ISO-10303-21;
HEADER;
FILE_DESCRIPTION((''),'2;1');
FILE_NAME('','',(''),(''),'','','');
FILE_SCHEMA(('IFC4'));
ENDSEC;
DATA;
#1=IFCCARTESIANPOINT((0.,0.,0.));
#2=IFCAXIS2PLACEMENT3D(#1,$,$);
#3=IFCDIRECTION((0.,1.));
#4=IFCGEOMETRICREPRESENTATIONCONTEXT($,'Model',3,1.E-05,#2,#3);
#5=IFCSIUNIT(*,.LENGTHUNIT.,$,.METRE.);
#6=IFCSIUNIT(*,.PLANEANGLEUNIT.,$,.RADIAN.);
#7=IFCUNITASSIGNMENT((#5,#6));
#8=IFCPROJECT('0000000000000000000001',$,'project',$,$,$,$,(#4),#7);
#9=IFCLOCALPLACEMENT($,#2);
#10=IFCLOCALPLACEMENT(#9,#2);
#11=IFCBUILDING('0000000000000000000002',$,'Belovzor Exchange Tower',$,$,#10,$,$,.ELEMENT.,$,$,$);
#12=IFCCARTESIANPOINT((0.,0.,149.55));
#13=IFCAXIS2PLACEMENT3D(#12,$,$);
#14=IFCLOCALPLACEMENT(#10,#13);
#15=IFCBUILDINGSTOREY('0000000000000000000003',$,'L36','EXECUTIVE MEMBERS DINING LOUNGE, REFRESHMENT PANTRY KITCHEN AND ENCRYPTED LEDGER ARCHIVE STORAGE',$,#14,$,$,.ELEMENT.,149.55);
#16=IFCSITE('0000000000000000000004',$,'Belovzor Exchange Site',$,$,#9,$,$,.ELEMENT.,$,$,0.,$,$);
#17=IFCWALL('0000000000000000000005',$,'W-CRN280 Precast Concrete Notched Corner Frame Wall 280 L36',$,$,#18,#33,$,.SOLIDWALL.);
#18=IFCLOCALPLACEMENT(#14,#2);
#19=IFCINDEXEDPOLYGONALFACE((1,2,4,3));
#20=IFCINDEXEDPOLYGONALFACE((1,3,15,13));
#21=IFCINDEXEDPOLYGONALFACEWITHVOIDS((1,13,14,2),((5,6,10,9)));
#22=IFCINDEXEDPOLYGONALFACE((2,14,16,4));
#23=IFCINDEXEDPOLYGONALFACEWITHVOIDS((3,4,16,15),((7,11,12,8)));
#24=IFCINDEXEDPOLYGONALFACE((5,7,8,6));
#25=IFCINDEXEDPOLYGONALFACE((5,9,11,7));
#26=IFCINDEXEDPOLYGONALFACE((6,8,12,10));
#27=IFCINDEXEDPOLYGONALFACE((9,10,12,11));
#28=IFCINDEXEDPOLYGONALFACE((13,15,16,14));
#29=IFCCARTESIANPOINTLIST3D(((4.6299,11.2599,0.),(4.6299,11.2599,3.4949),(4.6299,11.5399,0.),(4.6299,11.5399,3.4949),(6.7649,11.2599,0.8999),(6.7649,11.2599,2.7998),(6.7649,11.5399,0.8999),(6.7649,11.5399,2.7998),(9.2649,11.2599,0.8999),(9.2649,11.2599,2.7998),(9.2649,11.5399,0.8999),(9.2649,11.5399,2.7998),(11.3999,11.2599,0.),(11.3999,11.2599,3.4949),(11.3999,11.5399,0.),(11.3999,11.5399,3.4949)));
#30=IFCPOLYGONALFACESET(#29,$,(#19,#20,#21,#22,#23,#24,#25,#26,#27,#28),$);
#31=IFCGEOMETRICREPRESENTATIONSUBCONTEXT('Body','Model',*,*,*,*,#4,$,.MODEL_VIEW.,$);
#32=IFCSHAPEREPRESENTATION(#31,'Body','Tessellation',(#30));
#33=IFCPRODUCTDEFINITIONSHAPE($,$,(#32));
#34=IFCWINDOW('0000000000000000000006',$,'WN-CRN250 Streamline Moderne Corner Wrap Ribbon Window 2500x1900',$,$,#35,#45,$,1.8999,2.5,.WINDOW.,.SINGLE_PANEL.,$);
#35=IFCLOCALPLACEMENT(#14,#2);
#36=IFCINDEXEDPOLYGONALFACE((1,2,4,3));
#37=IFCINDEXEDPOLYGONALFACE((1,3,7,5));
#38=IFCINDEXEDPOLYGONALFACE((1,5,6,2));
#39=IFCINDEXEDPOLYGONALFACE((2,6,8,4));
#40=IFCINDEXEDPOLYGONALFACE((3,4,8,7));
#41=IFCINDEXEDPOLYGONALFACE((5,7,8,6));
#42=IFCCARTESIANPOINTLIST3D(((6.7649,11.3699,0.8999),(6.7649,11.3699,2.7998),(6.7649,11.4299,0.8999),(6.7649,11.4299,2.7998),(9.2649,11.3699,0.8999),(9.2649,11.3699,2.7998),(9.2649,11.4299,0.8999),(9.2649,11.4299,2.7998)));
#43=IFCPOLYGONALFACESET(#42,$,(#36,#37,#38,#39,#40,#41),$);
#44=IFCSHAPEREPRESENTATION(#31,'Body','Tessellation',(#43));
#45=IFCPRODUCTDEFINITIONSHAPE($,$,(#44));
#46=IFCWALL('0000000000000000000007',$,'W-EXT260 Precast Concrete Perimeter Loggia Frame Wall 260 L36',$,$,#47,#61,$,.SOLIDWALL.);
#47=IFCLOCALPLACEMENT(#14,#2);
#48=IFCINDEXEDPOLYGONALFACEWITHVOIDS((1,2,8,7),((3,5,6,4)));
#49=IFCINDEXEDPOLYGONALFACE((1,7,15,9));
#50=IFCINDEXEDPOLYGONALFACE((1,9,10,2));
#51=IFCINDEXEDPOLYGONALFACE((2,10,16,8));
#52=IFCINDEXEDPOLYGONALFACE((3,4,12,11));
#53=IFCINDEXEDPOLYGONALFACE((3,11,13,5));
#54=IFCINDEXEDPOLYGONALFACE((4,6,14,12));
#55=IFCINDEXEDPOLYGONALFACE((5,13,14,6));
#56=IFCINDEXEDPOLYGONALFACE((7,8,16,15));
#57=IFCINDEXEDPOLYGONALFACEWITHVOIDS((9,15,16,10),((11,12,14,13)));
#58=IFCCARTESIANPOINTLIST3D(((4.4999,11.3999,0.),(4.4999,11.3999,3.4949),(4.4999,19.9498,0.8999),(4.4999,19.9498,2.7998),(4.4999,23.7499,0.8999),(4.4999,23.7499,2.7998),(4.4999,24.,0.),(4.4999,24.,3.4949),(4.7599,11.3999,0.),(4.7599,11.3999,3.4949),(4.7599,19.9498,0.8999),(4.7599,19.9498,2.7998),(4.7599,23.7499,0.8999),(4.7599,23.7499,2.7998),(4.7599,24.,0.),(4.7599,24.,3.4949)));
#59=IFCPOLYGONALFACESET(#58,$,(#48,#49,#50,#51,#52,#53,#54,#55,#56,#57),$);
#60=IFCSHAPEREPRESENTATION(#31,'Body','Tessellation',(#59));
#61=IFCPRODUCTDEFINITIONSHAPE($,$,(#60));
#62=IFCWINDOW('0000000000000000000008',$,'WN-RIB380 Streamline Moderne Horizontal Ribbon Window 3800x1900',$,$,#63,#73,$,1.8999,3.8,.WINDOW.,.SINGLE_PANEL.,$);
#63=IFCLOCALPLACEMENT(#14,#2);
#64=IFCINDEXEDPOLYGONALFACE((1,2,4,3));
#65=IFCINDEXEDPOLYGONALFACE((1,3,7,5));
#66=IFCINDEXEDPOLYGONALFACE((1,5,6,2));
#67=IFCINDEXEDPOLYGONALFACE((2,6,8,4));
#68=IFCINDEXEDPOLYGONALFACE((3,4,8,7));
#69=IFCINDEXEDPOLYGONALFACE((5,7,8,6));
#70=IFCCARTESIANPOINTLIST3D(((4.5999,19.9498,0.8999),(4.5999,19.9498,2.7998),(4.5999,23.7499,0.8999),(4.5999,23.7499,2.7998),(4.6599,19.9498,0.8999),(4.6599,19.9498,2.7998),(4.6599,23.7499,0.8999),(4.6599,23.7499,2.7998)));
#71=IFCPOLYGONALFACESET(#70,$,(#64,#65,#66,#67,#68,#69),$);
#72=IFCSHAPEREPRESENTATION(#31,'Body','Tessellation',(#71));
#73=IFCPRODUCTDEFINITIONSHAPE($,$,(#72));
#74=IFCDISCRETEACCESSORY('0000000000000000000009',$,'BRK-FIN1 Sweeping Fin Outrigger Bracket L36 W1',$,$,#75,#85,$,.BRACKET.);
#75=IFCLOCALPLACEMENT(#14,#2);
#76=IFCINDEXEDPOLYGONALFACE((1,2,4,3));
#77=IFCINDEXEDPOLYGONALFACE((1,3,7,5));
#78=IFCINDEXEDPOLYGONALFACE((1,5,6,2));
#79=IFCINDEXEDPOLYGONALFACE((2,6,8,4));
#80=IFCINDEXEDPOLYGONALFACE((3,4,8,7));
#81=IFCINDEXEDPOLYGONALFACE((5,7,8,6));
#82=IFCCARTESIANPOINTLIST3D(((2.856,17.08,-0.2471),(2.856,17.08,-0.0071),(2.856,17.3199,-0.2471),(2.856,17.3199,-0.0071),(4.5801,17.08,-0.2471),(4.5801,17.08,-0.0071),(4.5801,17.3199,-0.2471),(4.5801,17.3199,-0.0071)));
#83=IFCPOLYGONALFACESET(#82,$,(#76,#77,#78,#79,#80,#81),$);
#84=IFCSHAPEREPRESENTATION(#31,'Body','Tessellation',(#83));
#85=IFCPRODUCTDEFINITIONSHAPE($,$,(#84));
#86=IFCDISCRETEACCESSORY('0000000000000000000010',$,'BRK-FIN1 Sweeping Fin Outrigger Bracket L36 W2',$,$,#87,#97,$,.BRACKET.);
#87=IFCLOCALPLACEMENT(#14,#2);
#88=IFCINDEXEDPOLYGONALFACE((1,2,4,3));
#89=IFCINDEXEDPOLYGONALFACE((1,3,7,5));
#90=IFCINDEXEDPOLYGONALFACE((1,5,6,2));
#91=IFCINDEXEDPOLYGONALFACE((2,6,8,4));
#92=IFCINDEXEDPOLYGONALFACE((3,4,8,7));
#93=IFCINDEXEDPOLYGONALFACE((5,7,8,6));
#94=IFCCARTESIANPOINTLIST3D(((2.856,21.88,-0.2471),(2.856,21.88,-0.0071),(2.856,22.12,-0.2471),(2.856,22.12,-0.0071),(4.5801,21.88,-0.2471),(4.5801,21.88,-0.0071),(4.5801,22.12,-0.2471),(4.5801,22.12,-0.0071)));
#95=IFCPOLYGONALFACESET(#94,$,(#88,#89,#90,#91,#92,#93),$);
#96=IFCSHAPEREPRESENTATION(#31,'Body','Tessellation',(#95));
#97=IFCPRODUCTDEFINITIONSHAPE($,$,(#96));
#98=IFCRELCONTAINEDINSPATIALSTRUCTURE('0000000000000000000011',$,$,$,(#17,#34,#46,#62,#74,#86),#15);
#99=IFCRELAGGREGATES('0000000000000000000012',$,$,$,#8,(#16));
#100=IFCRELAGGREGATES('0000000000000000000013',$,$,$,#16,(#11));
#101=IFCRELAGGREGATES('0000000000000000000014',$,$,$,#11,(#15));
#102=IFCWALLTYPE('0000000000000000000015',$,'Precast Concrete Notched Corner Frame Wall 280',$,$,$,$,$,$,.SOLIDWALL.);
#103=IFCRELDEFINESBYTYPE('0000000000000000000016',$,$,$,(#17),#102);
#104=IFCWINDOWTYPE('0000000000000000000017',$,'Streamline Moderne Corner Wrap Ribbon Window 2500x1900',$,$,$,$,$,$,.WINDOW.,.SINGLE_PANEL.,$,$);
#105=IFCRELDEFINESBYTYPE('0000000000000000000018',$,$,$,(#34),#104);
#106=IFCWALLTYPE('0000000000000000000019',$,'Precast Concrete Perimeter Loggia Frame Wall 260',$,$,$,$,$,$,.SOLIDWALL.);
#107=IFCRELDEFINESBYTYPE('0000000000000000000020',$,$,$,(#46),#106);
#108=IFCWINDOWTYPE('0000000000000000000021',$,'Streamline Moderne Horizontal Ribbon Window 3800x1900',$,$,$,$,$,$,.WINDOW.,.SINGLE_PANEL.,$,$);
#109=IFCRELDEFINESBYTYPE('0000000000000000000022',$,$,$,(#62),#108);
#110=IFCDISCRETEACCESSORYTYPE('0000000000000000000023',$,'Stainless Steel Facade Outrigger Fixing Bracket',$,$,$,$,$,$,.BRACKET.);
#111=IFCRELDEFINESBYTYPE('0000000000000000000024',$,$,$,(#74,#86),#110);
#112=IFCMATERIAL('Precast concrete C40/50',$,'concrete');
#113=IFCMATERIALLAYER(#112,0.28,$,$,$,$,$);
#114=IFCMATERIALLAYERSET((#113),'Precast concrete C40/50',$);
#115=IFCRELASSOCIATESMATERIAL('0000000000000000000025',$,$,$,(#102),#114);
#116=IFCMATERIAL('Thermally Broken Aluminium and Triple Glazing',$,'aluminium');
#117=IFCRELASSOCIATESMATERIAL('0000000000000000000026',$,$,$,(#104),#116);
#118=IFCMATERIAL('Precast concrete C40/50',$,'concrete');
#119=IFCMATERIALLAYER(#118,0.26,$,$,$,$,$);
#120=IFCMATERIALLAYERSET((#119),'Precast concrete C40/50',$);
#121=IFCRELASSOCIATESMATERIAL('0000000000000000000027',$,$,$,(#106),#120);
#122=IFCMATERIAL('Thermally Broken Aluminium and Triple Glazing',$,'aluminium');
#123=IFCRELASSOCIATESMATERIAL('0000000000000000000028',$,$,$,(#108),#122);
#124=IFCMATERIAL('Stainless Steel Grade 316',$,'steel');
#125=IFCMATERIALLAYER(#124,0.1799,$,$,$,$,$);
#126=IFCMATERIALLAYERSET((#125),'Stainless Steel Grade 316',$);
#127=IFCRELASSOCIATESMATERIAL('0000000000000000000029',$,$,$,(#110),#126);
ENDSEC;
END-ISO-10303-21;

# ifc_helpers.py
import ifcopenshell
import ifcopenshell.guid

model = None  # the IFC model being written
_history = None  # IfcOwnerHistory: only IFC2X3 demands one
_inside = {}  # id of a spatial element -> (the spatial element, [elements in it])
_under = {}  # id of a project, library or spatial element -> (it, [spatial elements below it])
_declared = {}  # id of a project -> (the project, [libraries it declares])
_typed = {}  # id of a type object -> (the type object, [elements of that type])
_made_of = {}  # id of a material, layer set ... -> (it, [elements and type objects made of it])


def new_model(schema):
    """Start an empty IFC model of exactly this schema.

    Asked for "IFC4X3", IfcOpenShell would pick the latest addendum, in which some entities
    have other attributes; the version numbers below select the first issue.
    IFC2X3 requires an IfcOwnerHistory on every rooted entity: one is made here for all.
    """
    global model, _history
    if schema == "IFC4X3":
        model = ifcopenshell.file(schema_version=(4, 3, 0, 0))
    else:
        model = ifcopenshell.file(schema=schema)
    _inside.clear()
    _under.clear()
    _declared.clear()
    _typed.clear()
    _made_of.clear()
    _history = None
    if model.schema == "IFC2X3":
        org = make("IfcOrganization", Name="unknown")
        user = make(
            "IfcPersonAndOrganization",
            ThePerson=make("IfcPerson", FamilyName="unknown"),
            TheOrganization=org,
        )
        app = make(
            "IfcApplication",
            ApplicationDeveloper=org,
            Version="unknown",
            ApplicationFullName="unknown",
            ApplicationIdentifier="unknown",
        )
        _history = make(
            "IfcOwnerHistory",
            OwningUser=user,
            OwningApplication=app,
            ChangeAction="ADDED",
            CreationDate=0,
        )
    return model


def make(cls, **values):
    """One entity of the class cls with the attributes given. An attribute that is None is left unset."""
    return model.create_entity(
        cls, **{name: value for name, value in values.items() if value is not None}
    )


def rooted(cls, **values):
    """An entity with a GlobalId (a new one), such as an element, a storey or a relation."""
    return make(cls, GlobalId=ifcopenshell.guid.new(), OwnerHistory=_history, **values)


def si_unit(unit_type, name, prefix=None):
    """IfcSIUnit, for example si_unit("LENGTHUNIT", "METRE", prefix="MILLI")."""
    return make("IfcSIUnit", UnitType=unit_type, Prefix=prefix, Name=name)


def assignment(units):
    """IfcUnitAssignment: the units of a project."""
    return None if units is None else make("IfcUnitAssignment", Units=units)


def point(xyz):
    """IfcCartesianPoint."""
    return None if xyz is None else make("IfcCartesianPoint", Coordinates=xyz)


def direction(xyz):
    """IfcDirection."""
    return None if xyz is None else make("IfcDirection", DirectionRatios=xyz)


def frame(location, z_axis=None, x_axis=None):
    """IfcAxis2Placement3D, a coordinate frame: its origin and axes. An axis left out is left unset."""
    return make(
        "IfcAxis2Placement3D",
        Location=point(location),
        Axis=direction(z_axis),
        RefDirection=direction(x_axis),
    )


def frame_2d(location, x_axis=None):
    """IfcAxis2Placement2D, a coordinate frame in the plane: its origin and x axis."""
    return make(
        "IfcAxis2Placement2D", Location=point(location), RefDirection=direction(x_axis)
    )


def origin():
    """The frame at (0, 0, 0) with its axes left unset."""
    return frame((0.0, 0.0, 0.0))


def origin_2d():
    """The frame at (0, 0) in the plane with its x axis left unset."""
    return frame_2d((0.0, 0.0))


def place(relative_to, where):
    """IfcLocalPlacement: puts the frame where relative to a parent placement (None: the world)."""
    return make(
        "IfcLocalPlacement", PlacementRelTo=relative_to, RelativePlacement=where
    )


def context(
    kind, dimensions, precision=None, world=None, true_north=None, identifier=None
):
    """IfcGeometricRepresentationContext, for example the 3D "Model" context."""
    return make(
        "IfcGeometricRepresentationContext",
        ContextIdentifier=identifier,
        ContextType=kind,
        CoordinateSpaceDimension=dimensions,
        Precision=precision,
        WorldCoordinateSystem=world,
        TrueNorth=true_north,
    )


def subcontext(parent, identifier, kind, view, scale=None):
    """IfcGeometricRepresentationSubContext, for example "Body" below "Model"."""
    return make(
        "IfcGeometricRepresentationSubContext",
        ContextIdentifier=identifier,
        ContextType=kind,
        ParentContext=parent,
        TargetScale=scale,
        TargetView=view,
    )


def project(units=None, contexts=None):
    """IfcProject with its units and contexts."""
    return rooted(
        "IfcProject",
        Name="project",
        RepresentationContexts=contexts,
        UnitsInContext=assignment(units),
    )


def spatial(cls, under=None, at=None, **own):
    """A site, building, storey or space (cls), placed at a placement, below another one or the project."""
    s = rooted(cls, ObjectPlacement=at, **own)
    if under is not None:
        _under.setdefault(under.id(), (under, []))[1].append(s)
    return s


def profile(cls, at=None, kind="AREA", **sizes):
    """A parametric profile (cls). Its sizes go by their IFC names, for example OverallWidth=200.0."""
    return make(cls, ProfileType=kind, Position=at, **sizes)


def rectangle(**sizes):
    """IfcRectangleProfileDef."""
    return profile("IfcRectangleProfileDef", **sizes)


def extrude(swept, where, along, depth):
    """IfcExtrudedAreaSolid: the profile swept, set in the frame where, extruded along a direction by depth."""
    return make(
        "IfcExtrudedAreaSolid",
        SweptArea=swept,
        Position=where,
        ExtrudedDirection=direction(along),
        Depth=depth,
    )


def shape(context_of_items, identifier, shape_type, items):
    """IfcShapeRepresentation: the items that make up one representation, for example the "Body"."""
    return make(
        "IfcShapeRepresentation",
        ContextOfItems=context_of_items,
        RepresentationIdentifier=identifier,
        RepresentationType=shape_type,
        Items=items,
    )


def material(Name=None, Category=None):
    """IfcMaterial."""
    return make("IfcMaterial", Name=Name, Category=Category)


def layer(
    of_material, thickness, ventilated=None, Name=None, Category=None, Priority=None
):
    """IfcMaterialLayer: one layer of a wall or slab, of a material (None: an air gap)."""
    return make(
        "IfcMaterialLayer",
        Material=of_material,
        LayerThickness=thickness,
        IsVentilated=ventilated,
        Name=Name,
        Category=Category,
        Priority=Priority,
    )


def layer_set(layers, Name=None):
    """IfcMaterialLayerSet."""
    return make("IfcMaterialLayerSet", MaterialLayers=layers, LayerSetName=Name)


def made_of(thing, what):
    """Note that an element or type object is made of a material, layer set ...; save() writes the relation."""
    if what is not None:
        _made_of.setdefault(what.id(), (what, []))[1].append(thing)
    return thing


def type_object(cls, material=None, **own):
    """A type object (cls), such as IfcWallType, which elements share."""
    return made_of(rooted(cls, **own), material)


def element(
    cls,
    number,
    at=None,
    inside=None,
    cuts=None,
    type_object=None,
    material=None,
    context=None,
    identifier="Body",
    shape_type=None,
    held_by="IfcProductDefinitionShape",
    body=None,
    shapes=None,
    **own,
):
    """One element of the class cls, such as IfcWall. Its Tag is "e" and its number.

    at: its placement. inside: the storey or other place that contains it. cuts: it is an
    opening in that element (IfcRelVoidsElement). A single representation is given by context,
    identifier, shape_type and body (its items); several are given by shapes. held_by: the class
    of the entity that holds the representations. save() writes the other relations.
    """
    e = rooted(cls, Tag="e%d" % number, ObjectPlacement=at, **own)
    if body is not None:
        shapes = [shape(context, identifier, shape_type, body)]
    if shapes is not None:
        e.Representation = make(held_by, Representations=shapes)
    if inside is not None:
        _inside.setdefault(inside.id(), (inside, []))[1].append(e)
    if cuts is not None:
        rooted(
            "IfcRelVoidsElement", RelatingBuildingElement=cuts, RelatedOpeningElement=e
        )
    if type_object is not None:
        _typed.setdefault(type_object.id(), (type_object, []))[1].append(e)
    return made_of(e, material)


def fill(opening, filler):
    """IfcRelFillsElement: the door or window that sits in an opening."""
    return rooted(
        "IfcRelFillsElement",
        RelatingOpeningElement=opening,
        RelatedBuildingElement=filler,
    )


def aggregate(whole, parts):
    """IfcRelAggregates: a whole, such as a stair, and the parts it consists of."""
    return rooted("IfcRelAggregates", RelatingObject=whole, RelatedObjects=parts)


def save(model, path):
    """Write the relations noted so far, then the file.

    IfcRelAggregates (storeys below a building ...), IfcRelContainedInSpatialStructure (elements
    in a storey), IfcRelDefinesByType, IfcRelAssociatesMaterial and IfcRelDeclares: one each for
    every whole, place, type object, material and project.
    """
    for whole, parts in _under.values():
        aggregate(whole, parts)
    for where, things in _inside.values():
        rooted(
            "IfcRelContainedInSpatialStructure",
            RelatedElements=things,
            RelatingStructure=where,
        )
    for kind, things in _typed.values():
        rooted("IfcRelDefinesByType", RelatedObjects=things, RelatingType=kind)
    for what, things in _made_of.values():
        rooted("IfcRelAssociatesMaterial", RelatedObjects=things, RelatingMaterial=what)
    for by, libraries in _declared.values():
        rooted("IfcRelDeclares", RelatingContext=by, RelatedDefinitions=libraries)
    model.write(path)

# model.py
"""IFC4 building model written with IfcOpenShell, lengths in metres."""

from ifc_helpers import new_model, si_unit, direction, frame, frame_2d, origin, origin_2d, place, context, subcontext, project, spatial, rectangle, extrude, material, layer, layer_set, type_object, element, fill, save


model = new_model("IFC4")

# Units and contexts
model_context = context("Model", 3, precision=1e-05, world=origin(), true_north=direction((0.0, 1.0)))
body_context = subcontext(model_context, "Body", "Model", "MODEL_VIEW")
ifc_project = project(units=[si_unit("LENGTHUNIT", "METRE"), si_unit("PLANEANGLEUNIT", "RADIAN")], contexts=[model_context])

# Site, building, storey
site_placement = place(None, origin())
site = spatial("IfcSite", under=ifc_project, at=site_placement, Name="Belovzor Exchange Site", CompositionType="ELEMENT", RefElevation=0.0)
building_placement = place(site_placement, origin())
building = spatial("IfcBuilding", under=site, at=building_placement, Name="Belovzor Exchange Tower", CompositionType="ELEMENT")
storey_placement = place(building_placement, frame((0.0, 0.0, 149.55)))
storey = spatial("IfcBuildingStorey", under=building, at=storey_placement, Name="L36", Description="EXECUTIVE MEMBERS DINING LOUNGE, REFRESHMENT PANTRY KITCHEN AND ENCRYPTED LEDGER ARCHIVE STORAGE", CompositionType="ELEMENT", Elevation=149.55)

# Walls, openings, windows
ifc_material_1 = material(Name="Precast concrete C40/50", Category="concrete")
ifc_layer_1 = layer(ifc_material_1, 0.28)
ifc_layer_set_1 = layer_set([ifc_layer_1], Name="Precast concrete C40/50")
wall_type_1 = type_object("IfcWallType", Name="Precast Concrete Notched Corner Frame Wall 280", PredefinedType="SOLIDWALL", material=ifc_layer_set_1)
wall_1_placement = place(storey_placement, frame((11.3999, 11.3999, 0.0), z_axis=(0.0, 0.0, 1.0), x_axis=(-1.0, 0.0, 0.0)))
wall_1 = element("IfcWall", 1, at=wall_1_placement, inside=storey, type_object=wall_type_1, Name="W-CRN280 Precast Concrete Notched Corner Frame Wall 280 L36", PredefinedType="SOLIDWALL", context=body_context, shape_type="SweptSolid", body=[
    extrude(rectangle(XDim=6.77, YDim=0.28, at=frame_2d((3.385, 0.0))), origin(), (0.0, 0.0, 1.0), 3.4949),
])
opening_1_placement = place(wall_1_placement, frame((2.135, 0.0, 0.8999)))
opening_1 = element("IfcOpeningElement", 2, at=opening_1_placement, cuts=wall_1, PredefinedType="OPENING", context=body_context, shape_type="SweptSolid", body=[
    extrude(rectangle(XDim=2.5, YDim=1.8999, at=frame_2d((1.25, 0.95))), frame((0.0, 0.1499, 0.0), z_axis=(0.0, -1.0, 0.0), x_axis=(1.0, 0.0, 0.0)), (0.0, 0.0, 1.0), 0.3),
])
ifc_material_2 = material(Name="Thermally Broken Aluminium and Triple Glazing", Category="aluminium")
window_type_1 = type_object("IfcWindowType", Name="Streamline Moderne Corner Wrap Ribbon Window 2500x1900", PartitioningType="SINGLE_PANEL", PredefinedType="WINDOW", material=ifc_material_2)
window_1_placement = place(opening_1_placement, origin())
window_1 = element("IfcWindow", 3, at=window_1_placement, inside=storey, type_object=window_type_1, Name="WN-CRN250 Streamline Moderne Corner Wrap Ribbon Window 2500x1900", OverallHeight=1.8999, OverallWidth=2.5, PartitioningType="SINGLE_PANEL", PredefinedType="WINDOW", context=body_context, shape_type="SweptSolid", body=[
    extrude(rectangle(XDim=2.5, YDim=1.8999, at=frame_2d((1.25, 0.95))), frame((0.0, 0.03, 0.0), z_axis=(0.0, -1.0, 0.0), x_axis=(1.0, 0.0, 0.0)), (0.0, 0.0, 1.0), 0.0601),
])
fill(opening_1, window_1)
ifc_material_3 = material(Name="Precast concrete C40/50", Category="concrete")
ifc_layer_2 = layer(ifc_material_3, 0.26)
ifc_layer_set_2 = layer_set([ifc_layer_2], Name="Precast concrete C40/50")
wall_type_2 = type_object("IfcWallType", Name="Precast Concrete Perimeter Loggia Frame Wall 260", PredefinedType="SOLIDWALL", material=ifc_layer_set_2)
wall_2_placement = place(storey_placement, frame((4.6299, 11.3999, 0.0), z_axis=(0.0, 0.0, 1.0), x_axis=(0.0, 1.0, 0.0)))
wall_2 = element("IfcWall", 4, at=wall_2_placement, inside=storey, type_object=wall_type_2, Name="W-EXT260 Precast Concrete Perimeter Loggia Frame Wall 260 L36", PredefinedType="SOLIDWALL", context=body_context, shape_type="SweptSolid", body=[
    extrude(rectangle(XDim=12.6001, YDim=0.26, at=frame_2d((6.3, 0.0))), origin(), (0.0, 0.0, 1.0), 3.4949),
])
opening_2_placement = place(wall_2_placement, frame((8.55, 0.0, 0.8999)))
opening_2 = element("IfcOpeningElement", 5, at=opening_2_placement, cuts=wall_2, PredefinedType="OPENING", context=body_context, shape_type="SweptSolid", body=[
    extrude(rectangle(XDim=3.8, YDim=1.8999, at=frame_2d((1.8999, 0.95))), frame((0.0, 0.1399, 0.0), z_axis=(0.0, -1.0, 0.0), x_axis=(1.0, 0.0, 0.0)), (0.0, 0.0, 1.0), 0.28),
])
ifc_material_4 = material(Name="Thermally Broken Aluminium and Triple Glazing", Category="aluminium")
window_type_2 = type_object("IfcWindowType", Name="Streamline Moderne Horizontal Ribbon Window 3800x1900", PartitioningType="SINGLE_PANEL", PredefinedType="WINDOW", material=ifc_material_4)
window_2_placement = place(opening_2_placement, origin())
window_2 = element("IfcWindow", 6, at=window_2_placement, inside=storey, type_object=window_type_2, Name="WN-RIB380 Streamline Moderne Horizontal Ribbon Window 3800x1900", OverallHeight=1.8999, OverallWidth=3.8, PartitioningType="SINGLE_PANEL", PredefinedType="WINDOW", context=body_context, shape_type="SweptSolid", body=[
    extrude(rectangle(XDim=3.8, YDim=1.8999, at=frame_2d((1.8999, 0.95))), frame((0.0, 0.03, 0.0), z_axis=(0.0, -1.0, 0.0), x_axis=(1.0, 0.0, 0.0)), (0.0, 0.0, 1.0), 0.0601),
])
fill(opening_2, window_2)

# Discrete accessories
ifc_material_5 = material(Name="Stainless Steel Grade 316", Category="steel")
ifc_layer_3 = layer(ifc_material_5, 0.1799)
ifc_layer_set_3 = layer_set([ifc_layer_3], Name="Stainless Steel Grade 316")
discrete_accessory_type = type_object("IfcDiscreteAccessoryType", Name="Stainless Steel Facade Outrigger Fixing Bracket", PredefinedType="BRACKET", material=ifc_layer_set_3)
for number, where, z_axis, x_axis, name in (
    (7, (3.718, 17.2, -0.2471), (0.0, 0.0, 1.0), (1.0, 0.0, 0.0), "BRK-FIN1 Sweeping Fin Outrigger Bracket L36 W1"),
    (8, (3.718, 22.0, -0.2471), (0.0, 0.0, 1.0), (1.0, 0.0, 0.0), "BRK-FIN1 Sweeping Fin Outrigger Bracket L36 W2"),
):
    element("IfcDiscreteAccessory", number, at=place(storey_placement, frame(where, z_axis=z_axis, x_axis=x_axis)), inside=storey, type_object=discrete_accessory_type, Name=name, PredefinedType="BRACKET", context=body_context, shape_type="SweptSolid", body=[
        extrude(rectangle(XDim=1.7241, YDim=0.24, at=origin_2d()), origin(), (0.0, 0.0, 1.0), 0.24),
    ])

save(model, "model.ifc")
